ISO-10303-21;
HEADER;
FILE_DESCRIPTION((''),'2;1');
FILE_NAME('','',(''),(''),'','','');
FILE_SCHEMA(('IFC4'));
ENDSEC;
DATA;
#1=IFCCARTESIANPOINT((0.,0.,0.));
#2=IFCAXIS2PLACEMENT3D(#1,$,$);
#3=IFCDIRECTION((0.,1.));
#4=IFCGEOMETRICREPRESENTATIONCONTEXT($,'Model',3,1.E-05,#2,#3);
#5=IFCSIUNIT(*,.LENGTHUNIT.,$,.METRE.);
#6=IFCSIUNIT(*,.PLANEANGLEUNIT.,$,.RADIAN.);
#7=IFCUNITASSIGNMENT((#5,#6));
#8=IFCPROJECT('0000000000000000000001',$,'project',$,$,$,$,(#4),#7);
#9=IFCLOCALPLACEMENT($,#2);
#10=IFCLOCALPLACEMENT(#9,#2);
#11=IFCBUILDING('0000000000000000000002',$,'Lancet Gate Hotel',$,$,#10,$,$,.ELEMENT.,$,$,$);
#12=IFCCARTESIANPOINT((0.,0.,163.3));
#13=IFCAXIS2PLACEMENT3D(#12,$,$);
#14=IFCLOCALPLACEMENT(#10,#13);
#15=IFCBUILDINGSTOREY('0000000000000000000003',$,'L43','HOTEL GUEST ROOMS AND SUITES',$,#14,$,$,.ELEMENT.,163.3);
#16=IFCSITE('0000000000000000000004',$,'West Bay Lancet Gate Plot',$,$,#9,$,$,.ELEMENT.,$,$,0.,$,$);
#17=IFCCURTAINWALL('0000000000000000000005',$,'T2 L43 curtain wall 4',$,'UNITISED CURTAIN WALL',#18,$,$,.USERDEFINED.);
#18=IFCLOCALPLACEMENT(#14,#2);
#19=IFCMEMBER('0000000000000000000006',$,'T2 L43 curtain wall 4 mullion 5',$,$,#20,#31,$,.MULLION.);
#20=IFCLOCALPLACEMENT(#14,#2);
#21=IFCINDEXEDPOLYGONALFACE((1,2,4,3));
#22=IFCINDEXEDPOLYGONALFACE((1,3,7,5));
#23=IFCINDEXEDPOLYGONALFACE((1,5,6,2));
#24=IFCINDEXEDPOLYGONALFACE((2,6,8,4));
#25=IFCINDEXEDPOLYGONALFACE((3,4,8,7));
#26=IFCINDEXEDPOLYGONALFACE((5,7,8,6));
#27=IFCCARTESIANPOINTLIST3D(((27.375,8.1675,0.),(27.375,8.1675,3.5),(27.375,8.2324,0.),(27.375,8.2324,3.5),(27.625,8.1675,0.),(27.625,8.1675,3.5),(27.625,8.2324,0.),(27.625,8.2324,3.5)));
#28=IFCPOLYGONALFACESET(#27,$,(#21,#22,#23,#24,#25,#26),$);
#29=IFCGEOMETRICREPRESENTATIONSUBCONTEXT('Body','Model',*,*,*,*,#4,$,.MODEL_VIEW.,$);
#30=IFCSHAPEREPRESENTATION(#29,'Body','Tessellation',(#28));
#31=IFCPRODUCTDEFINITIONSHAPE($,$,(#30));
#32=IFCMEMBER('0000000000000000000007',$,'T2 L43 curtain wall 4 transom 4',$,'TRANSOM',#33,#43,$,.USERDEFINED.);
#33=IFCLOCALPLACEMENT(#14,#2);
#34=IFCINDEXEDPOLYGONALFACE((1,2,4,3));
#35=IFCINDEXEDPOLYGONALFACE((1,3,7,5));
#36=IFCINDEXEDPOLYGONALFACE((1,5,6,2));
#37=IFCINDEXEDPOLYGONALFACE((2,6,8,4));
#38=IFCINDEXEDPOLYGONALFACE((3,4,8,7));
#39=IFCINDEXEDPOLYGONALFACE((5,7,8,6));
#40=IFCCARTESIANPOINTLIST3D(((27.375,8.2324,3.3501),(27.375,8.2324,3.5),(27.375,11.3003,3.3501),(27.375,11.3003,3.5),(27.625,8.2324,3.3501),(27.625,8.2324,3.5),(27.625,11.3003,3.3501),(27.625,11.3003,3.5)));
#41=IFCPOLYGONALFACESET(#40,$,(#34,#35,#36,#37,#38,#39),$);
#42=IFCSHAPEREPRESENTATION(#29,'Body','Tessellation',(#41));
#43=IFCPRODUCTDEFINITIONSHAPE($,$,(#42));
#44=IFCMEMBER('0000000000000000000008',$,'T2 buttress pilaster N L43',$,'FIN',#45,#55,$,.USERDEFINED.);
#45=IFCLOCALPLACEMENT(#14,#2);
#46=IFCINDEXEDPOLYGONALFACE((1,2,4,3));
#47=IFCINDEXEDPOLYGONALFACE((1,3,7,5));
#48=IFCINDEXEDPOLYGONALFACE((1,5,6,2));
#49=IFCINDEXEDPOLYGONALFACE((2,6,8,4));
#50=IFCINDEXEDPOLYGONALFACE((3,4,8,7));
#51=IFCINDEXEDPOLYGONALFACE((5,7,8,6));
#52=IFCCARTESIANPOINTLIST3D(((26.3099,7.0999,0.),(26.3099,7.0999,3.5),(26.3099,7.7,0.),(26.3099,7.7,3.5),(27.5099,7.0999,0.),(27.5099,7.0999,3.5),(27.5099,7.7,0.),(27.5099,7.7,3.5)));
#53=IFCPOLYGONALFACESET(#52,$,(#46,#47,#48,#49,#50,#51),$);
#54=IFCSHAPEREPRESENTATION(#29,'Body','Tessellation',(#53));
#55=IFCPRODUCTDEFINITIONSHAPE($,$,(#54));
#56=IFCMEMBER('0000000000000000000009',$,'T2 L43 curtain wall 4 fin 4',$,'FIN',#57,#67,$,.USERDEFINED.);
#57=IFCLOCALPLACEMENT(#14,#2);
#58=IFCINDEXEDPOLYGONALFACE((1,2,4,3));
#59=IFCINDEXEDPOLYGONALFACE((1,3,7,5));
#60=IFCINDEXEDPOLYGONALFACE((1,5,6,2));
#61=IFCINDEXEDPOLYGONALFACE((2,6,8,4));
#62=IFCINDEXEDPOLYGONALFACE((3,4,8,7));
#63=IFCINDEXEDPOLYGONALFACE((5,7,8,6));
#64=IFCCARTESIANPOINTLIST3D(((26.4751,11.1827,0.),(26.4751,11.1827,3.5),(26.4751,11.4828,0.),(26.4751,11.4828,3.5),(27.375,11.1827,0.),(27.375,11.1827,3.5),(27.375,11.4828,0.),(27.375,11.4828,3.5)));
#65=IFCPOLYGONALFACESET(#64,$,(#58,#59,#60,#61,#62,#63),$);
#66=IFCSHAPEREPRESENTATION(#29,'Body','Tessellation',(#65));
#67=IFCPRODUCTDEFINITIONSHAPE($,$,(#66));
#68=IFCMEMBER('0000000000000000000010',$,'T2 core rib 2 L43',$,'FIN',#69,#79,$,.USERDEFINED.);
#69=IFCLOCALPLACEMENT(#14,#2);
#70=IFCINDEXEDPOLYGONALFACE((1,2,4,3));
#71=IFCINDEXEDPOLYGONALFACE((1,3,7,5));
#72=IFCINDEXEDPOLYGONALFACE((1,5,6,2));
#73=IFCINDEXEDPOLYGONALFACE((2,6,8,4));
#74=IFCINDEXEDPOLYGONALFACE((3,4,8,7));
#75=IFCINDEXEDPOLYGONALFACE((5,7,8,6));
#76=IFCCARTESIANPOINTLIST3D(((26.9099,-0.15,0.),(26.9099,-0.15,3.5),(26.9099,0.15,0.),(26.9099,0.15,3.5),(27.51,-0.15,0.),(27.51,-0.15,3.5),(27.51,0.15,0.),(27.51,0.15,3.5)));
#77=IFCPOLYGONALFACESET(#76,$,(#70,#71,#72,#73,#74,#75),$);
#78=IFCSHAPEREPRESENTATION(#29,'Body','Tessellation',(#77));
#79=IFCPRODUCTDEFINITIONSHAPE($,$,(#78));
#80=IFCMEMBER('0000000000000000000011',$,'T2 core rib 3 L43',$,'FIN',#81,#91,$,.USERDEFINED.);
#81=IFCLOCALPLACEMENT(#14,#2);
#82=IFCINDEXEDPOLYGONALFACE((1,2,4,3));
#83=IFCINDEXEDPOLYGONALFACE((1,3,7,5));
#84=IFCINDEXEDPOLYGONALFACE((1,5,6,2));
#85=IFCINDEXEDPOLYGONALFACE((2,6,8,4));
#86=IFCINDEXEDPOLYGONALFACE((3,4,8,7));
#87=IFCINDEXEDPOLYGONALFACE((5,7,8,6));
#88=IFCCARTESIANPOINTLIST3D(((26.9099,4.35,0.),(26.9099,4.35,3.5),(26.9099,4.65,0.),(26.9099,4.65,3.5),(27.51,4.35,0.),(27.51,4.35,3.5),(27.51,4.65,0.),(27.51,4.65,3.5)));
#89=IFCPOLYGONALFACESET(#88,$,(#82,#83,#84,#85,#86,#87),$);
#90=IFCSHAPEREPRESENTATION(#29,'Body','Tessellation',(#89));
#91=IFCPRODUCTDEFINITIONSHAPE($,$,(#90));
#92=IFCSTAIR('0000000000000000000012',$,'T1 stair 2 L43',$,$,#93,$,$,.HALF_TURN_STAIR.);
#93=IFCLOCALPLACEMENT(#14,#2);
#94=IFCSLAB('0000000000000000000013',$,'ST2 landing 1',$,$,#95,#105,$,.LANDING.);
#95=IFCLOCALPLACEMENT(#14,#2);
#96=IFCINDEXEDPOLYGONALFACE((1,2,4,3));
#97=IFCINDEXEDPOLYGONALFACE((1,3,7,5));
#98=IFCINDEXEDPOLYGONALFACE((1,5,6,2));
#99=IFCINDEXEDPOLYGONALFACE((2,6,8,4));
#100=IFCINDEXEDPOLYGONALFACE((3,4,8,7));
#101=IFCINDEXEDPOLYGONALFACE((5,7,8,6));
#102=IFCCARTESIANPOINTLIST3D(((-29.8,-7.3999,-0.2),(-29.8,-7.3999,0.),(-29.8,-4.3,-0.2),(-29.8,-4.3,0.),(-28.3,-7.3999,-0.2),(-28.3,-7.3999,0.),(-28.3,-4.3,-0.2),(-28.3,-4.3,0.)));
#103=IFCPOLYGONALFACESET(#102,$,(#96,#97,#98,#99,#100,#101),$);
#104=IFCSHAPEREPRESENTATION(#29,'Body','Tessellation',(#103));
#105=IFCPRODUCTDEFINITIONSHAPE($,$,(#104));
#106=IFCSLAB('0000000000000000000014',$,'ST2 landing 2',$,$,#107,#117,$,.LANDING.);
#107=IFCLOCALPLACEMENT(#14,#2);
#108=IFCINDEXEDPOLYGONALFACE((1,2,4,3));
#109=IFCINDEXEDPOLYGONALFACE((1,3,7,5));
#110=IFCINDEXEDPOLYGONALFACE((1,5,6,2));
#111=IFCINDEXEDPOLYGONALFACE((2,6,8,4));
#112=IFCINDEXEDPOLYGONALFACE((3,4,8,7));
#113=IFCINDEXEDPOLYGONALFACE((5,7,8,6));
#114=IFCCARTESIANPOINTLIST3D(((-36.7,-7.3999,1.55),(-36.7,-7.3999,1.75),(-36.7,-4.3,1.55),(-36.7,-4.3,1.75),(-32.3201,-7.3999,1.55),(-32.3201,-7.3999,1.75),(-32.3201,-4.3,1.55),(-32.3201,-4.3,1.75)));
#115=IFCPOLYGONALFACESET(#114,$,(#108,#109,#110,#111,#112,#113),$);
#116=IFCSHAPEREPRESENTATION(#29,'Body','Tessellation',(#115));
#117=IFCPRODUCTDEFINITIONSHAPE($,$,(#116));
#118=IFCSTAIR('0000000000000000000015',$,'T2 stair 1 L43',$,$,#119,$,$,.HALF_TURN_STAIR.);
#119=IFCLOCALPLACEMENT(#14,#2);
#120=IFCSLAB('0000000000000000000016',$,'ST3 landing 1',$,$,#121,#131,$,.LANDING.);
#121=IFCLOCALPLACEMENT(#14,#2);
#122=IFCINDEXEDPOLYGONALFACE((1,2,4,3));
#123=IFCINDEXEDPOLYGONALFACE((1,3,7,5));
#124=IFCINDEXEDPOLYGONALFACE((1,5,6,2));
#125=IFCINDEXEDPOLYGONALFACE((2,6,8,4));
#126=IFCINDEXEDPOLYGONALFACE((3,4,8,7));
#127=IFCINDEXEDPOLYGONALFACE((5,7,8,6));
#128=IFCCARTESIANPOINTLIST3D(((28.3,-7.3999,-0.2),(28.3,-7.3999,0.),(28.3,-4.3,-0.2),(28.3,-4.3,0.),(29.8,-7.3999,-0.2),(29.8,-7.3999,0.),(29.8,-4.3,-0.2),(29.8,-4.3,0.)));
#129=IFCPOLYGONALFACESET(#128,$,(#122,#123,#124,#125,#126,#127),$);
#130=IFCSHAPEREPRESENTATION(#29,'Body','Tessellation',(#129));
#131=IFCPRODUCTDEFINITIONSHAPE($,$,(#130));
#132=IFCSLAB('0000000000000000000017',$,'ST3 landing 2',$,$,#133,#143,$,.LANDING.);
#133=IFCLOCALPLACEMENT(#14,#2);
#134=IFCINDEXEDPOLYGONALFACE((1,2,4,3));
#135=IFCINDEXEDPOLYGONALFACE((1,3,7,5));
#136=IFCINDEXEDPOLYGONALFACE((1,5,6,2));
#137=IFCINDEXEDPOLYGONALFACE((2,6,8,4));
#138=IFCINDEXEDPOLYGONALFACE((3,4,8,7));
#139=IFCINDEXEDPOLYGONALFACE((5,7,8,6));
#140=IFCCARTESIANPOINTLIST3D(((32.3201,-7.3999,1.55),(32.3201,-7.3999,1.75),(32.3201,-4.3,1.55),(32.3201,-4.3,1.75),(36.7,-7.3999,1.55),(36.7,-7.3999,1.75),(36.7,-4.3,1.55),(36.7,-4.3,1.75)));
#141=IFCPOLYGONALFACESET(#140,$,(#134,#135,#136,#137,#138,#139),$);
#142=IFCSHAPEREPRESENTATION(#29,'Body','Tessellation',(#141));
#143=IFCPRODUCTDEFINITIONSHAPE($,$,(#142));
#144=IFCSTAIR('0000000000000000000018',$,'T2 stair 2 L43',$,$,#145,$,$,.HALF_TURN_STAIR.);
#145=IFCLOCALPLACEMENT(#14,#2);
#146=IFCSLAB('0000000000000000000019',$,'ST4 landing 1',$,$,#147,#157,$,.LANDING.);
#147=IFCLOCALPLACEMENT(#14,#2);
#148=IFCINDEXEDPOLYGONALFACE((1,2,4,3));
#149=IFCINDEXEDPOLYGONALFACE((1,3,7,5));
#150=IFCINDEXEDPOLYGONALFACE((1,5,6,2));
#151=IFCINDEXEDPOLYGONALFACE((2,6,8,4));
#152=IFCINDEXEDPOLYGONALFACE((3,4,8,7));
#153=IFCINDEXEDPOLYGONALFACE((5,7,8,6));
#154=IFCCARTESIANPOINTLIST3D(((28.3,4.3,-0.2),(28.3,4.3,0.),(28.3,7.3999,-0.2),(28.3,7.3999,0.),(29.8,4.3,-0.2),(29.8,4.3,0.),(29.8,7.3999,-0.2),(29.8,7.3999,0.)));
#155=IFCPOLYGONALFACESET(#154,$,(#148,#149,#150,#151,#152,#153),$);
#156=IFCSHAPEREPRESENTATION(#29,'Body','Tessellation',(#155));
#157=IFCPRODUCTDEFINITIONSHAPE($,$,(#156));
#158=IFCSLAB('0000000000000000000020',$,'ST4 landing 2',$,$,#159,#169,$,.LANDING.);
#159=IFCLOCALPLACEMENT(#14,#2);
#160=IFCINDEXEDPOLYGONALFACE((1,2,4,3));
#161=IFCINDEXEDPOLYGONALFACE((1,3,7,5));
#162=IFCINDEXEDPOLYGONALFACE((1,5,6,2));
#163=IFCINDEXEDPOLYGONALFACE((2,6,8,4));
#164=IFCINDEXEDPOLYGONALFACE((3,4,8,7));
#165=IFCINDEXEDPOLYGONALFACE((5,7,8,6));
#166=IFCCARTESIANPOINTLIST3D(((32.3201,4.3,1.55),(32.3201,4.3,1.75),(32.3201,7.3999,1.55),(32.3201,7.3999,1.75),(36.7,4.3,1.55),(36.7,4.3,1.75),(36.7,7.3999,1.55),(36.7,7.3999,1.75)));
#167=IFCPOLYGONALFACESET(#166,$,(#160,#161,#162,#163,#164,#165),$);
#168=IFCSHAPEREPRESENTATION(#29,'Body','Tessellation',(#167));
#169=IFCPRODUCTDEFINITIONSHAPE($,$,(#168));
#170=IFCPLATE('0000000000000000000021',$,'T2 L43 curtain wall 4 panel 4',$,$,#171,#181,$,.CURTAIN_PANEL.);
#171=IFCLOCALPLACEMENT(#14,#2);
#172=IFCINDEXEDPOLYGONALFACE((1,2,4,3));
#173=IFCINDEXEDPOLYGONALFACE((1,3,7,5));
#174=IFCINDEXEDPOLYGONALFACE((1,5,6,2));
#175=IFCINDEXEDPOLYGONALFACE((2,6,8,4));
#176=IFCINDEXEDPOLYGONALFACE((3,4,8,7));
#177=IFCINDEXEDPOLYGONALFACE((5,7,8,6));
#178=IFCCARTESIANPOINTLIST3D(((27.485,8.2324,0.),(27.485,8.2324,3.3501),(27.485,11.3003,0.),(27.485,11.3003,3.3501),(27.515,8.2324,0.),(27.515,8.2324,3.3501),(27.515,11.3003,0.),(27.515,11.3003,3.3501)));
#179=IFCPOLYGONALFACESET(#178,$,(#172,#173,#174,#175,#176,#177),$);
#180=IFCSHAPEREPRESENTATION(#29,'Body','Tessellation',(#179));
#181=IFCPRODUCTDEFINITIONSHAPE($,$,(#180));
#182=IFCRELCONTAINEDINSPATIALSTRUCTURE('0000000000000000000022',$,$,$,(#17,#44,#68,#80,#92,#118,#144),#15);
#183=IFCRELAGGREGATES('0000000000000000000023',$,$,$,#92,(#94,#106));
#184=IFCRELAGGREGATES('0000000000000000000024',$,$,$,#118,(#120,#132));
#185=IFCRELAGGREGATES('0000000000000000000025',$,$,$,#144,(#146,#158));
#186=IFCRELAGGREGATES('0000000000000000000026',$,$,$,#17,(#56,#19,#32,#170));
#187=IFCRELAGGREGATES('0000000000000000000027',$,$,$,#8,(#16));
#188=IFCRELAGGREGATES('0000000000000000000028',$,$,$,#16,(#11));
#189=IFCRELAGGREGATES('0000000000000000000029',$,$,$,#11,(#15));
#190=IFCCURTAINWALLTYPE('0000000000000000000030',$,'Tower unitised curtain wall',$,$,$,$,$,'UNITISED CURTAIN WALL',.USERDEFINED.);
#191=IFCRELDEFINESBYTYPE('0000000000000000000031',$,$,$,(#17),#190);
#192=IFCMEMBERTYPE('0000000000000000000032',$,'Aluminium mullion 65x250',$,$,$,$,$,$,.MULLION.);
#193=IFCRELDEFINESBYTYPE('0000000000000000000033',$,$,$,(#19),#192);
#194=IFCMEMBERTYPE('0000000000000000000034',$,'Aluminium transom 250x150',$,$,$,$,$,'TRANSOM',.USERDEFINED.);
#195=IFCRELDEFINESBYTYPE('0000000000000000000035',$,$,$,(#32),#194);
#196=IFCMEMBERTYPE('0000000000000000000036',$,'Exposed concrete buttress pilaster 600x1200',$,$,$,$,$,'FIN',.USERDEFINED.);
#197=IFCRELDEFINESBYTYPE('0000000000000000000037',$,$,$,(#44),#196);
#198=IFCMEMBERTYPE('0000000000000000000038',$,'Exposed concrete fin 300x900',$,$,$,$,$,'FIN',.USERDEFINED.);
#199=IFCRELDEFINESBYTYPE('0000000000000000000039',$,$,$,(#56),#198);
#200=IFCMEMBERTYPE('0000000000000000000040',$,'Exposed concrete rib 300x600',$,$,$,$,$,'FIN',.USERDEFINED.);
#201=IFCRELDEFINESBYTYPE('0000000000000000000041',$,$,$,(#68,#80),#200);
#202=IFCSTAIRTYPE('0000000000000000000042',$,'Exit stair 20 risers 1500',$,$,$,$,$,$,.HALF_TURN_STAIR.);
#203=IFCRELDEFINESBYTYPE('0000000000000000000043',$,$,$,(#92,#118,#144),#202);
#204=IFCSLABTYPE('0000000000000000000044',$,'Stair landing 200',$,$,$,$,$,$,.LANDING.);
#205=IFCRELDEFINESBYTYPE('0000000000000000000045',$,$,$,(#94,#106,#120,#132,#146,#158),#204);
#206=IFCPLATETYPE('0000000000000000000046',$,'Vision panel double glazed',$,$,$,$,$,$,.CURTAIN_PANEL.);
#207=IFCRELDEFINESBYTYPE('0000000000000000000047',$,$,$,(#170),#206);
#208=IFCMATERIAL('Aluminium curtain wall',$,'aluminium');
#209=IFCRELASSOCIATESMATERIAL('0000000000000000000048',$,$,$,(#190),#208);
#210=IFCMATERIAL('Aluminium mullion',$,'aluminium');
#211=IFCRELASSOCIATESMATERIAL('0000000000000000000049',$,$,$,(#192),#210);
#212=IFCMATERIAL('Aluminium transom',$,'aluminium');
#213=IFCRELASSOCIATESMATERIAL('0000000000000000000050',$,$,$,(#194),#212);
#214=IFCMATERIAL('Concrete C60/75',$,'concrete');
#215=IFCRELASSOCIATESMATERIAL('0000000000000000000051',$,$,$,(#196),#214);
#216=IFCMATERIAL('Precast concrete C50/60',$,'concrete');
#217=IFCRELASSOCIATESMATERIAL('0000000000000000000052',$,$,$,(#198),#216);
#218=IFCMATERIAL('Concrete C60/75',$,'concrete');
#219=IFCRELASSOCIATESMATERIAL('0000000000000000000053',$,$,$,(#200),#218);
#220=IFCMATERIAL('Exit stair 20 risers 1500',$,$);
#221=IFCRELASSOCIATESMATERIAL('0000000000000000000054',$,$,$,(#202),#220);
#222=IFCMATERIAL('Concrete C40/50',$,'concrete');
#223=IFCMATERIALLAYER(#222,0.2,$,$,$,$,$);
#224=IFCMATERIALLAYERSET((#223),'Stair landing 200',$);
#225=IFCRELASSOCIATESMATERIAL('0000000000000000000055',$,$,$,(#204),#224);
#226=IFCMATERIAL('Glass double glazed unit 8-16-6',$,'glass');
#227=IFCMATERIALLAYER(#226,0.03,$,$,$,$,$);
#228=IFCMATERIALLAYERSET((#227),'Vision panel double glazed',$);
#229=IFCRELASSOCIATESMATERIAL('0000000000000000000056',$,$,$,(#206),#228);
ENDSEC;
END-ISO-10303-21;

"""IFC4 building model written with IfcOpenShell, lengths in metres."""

from ifc_helpers import new_model, si_unit, direction, frame, origin, origin_2d, place, context, subcontext, project, spatial, polyline, rectangle, outline, extrude, material, layer, layer_set, material_profile, profile_set, type_object, element, aggregate, save


model = new_model("IFC4")

# Units and contexts
model_context = context("Model", 3, precision=1e-05, world=origin(), true_north=direction((0.0, 1.0)))
body_context = subcontext(model_context, "Body", "Model", "MODEL_VIEW")
ifc_project = project(units=[si_unit("LENGTHUNIT", "METRE"), si_unit("PLANEANGLEUNIT", "RADIAN")], contexts=[model_context])

# Site, building, storey
site_placement = place(None, origin())
site = spatial("IfcSite", under=ifc_project, at=site_placement, Name="West Bay Lancet Gate Plot", CompositionType="ELEMENT", RefElevation=0.0)
building_placement = place(site_placement, origin())
building = spatial("IfcBuilding", under=site, at=building_placement, Name="Lancet Gate Hotel", CompositionType="ELEMENT")
storey_placement = place(building_placement, frame((0.0, 0.0, 163.3)))
storey = spatial("IfcBuildingStorey", under=building, at=storey_placement, Name="L43", Description="HOTEL GUEST ROOMS AND SUITES", CompositionType="ELEMENT", Elevation=163.3)

# Curtain wall, members
ifc_material_1 = material(Name="Aluminium curtain wall", Category="aluminium")
curtain_wall_type = type_object("IfcCurtainWallType", Name="Tower unitised curtain wall", ElementType="UNITISED CURTAIN WALL", PredefinedType="USERDEFINED", material=ifc_material_1)
curtain_wall_placement = place(storey_placement, origin())
curtain_wall = element("IfcCurtainWall", 1, at=curtain_wall_placement, inside=storey, type_object=curtain_wall_type, Name="T2 L43 curtain wall 4", ObjectType="UNITISED CURTAIN WALL", PredefinedType="USERDEFINED")
ifc_material_2 = material(Name="Aluminium mullion", Category="aluminium")
ifc_material_profile_1 = material_profile(ifc_material_2, rectangle(XDim=0.0649, YDim=0.25, at=origin_2d()), Name="MULLION 65x250")
ifc_profile_set_1 = profile_set([ifc_material_profile_1], Name="Aluminium mullion")
member_type_1 = type_object("IfcMemberType", Name="Aluminium mullion 65x250", PredefinedType="MULLION", material=ifc_profile_set_1)
member_1_placement = place(storey_placement, frame((27.5, 8.2, 0.0), z_axis=(0.0, 0.0, 1.0), x_axis=(0.0, -1.0, 0.0)))
member_1 = element("IfcMember", 2, at=member_1_placement, type_object=member_type_1, Name="T2 L43 curtain wall 4 mullion 5", PredefinedType="MULLION", context=body_context, shape_type="SweptSolid", body=[
    extrude(rectangle(XDim=0.0649, YDim=0.25, at=origin_2d()), origin(), (0.0, 0.0, 1.0), 3.5),
])
ifc_material_3 = material(Name="Aluminium transom", Category="aluminium")
ifc_material_profile_2 = material_profile(ifc_material_3, rectangle(XDim=0.25, YDim=0.1499, at=origin_2d()), Name="TRANSOM 250x150")
ifc_profile_set_2 = profile_set([ifc_material_profile_2], Name="Aluminium transom")
member_type_2 = type_object("IfcMemberType", Name="Aluminium transom 250x150", ElementType="TRANSOM", PredefinedType="USERDEFINED", material=ifc_profile_set_2)
member_2_placement = place(storey_placement, frame((27.5, 11.3003, 3.425), z_axis=(0.0, -1.0, 0.0), x_axis=(1.0, 0.0, 0.0)))
member_2 = element("IfcMember", 3, at=member_2_placement, type_object=member_type_2, Name="T2 L43 curtain wall 4 transom 4", ObjectType="TRANSOM", PredefinedType="USERDEFINED", context=body_context, shape_type="SweptSolid", body=[
    extrude(rectangle(XDim=0.25, YDim=0.1499, at=origin_2d()), origin(), (0.0, 0.0, 1.0), 3.0679),
])

# Members
ifc_material_4 = material(Name="Concrete C60/75", Category="concrete")
ifc_material_profile_3 = material_profile(ifc_material_4, rectangle(XDim=0.6001, YDim=1.2, at=origin_2d()), Name="FIN 600x1200")
ifc_profile_set_3 = profile_set([ifc_material_profile_3], Name="Concrete C60/75")
member_type_3 = type_object("IfcMemberType", Name="Exposed concrete buttress pilaster 600x1200", ElementType="FIN", PredefinedType="USERDEFINED", material=ifc_profile_set_3)
member_3_placement = place(storey_placement, frame((26.9099, 7.3999, 0.0), z_axis=(0.0, 0.0, 1.0), x_axis=(0.0, 1.0, 0.0)))
element("IfcMember", 4, at=member_3_placement, inside=storey, type_object=member_type_3, Name="T2 buttress pilaster N L43", ObjectType="FIN", PredefinedType="USERDEFINED", context=body_context, shape_type="SweptSolid", body=[
    extrude(rectangle(XDim=0.6001, YDim=1.2, at=origin_2d()), origin(), (0.0, 0.0, 1.0), 3.5),
])
ifc_material_5 = material(Name="Precast concrete C50/60", Category="concrete")
ifc_material_profile_4 = material_profile(ifc_material_5, rectangle(XDim=0.3, YDim=0.8999, at=origin_2d()), Name="FIN 300x900")
ifc_profile_set_4 = profile_set([ifc_material_profile_4], Name="Precast concrete C50/60")
member_type_4 = type_object("IfcMemberType", Name="Exposed concrete fin 300x900", ElementType="FIN", PredefinedType="USERDEFINED", material=ifc_profile_set_4)
member_4_placement = place(storey_placement, frame((26.925, 11.3328, 0.0), z_axis=(0.0, 0.0, 1.0), x_axis=(0.0, -1.0, 0.0)))
member_4 = element("IfcMember", 5, at=member_4_placement, type_object=member_type_4, Name="T2 L43 curtain wall 4 fin 4", ObjectType="FIN", PredefinedType="USERDEFINED", context=body_context, shape_type="SweptSolid", body=[
    extrude(rectangle(XDim=0.3, YDim=0.8999, at=origin_2d()), origin(), (0.0, 0.0, 1.0), 3.5),
])

# Members
ifc_material_6 = material(Name="Concrete C60/75", Category="concrete")
ifc_material_profile_5 = material_profile(ifc_material_6, rectangle(XDim=0.3, YDim=0.6001, at=origin_2d()), Name="FIN 300x600")
ifc_profile_set_5 = profile_set([ifc_material_profile_5], Name="Concrete C60/75")
member_type_5 = type_object("IfcMemberType", Name="Exposed concrete rib 300x600", ElementType="FIN", PredefinedType="USERDEFINED", material=ifc_profile_set_5)
for number, where, z_axis, x_axis, name in (
    (6, (27.21, 0.0, 0.0), (0.0, 0.0, 1.0), (0.0, 1.0, 0.0), "T2 core rib 2 L43"),
    (7, (27.21, 4.5, 0.0), (0.0, 0.0, 1.0), (0.0, 1.0, 0.0), "T2 core rib 3 L43"),
):
    element("IfcMember", number, at=place(storey_placement, frame(where, z_axis=z_axis, x_axis=x_axis)), inside=storey, type_object=member_type_5, Name=name, ObjectType="FIN", PredefinedType="USERDEFINED", context=body_context, shape_type="SweptSolid", body=[
        extrude(rectangle(XDim=0.3, YDim=0.6001, at=origin_2d()), origin(), (0.0, 0.0, 1.0), 3.5),
    ])

# Stairs, slabs
ifc_material_7 = material(Name="Exit stair 20 risers 1500")
stair_type = type_object("IfcStairType", Name="Exit stair 20 risers 1500", PredefinedType="HALF_TURN_STAIR", material=ifc_material_7)
stair_1_placement = place(storey_placement, origin())
stair_1 = element("IfcStair", 8, at=stair_1_placement, inside=storey, type_object=stair_type, Name="T1 stair 2 L43", PredefinedType="HALF_TURN_STAIR")
ifc_material_8 = material(Name="Concrete C40/50", Category="concrete")
ifc_layer_1 = layer(ifc_material_8, 0.2)
ifc_layer_set_1 = layer_set([ifc_layer_1], Name="Stair landing 200")
slab_type = type_object("IfcSlabType", Name="Stair landing 200", PredefinedType="LANDING", material=ifc_layer_set_1)
slab_1_placement = place(storey_placement, frame((0.0, 0.0, -0.2)))
slab_1 = element("IfcSlab", 9, at=slab_1_placement, type_object=slab_type, Name="ST2 landing 1", PredefinedType="LANDING", context=body_context, shape_type="SweptSolid", body=[
    extrude(outline(polyline([(-28.3, -4.3), (-29.8, -4.3), (-29.8, -7.3999), (-28.3, -7.3999), (-28.3, -4.3)])), origin(), (0.0, 0.0, 1.0), 0.2),
])
slab_2_placement = place(storey_placement, frame((0.0, 0.0, 1.55)))
slab_2 = element("IfcSlab", 10, at=slab_2_placement, type_object=slab_type, Name="ST2 landing 2", PredefinedType="LANDING", context=body_context, shape_type="SweptSolid", body=[
    extrude(outline(polyline([(-32.3201, -4.3), (-36.7, -4.3), (-36.7, -7.3999), (-32.3201, -7.3999), (-32.3201, -4.3)])), origin(), (0.0, 0.0, 1.0), 0.2),
])
aggregate(stair_1, [slab_1, slab_2])
stair_2_placement = place(storey_placement, origin())
stair_2 = element("IfcStair", 11, at=stair_2_placement, inside=storey, type_object=stair_type, Name="T2 stair 1 L43", PredefinedType="HALF_TURN_STAIR")
slab_3_placement = place(storey_placement, frame((0.0, 0.0, -0.2)))
slab_3 = element("IfcSlab", 12, at=slab_3_placement, type_object=slab_type, Name="ST3 landing 1", PredefinedType="LANDING", context=body_context, shape_type="SweptSolid", body=[
    extrude(outline(polyline([(28.3, -7.3999), (29.8, -7.3999), (29.8, -4.3), (28.3, -4.3), (28.3, -7.3999)])), origin(), (0.0, 0.0, 1.0), 0.2),
])
slab_4_placement = place(storey_placement, frame((0.0, 0.0, 1.55)))
slab_4 = element("IfcSlab", 13, at=slab_4_placement, type_object=slab_type, Name="ST3 landing 2", PredefinedType="LANDING", context=body_context, shape_type="SweptSolid", body=[
    extrude(outline(polyline([(32.3201, -7.3999), (36.7, -7.3999), (36.7, -4.3), (32.3201, -4.3), (32.3201, -7.3999)])), origin(), (0.0, 0.0, 1.0), 0.2),
])
aggregate(stair_2, [slab_3, slab_4])
stair_3_placement = place(storey_placement, origin())
stair_3 = element("IfcStair", 14, at=stair_3_placement, inside=storey, type_object=stair_type, Name="T2 stair 2 L43", PredefinedType="HALF_TURN_STAIR")
slab_5_placement = place(storey_placement, frame((0.0, 0.0, -0.2)))
slab_5 = element("IfcSlab", 15, at=slab_5_placement, type_object=slab_type, Name="ST4 landing 1", PredefinedType="LANDING", context=body_context, shape_type="SweptSolid", body=[
    extrude(outline(polyline([(28.3, 4.3), (29.8, 4.3), (29.8, 7.3999), (28.3, 7.3999), (28.3, 4.3)])), origin(), (0.0, 0.0, 1.0), 0.2),
])
slab_6_placement = place(storey_placement, frame((0.0, 0.0, 1.55)))
slab_6 = element("IfcSlab", 16, at=slab_6_placement, type_object=slab_type, Name="ST4 landing 2", PredefinedType="LANDING", context=body_context, shape_type="SweptSolid", body=[
    extrude(outline(polyline([(32.3201, 4.3), (36.7, 4.3), (36.7, 7.3999), (32.3201, 7.3999), (32.3201, 4.3)])), origin(), (0.0, 0.0, 1.0), 0.2),
])
aggregate(stair_3, [slab_5, slab_6])

# Plate
ifc_material_9 = material(Name="Glass double glazed unit 8-16-6", Category="glass")
ifc_layer_2 = layer(ifc_material_9, 0.03)
ifc_layer_set_2 = layer_set([ifc_layer_2], Name="Vision panel double glazed")
plate_type = type_object("IfcPlateType", Name="Vision panel double glazed", PredefinedType="CURTAIN_PANEL", material=ifc_layer_set_2)
plate_placement = place(storey_placement, frame((27.5, 9.7664, 0.0), z_axis=(0.0, 0.0, 1.0), x_axis=(0.0, -1.0, 0.0)))
plate = element("IfcPlate", 17, at=plate_placement, type_object=plate_type, Name="T2 L43 curtain wall 4 panel 4", PredefinedType="CURTAIN_PANEL", context=body_context, shape_type="SweptSolid", body=[
    extrude(rectangle(XDim=3.0679, YDim=0.03, at=origin_2d()), origin(), (0.0, 0.0, 1.0), 3.3501),
])
aggregate(curtain_wall, [member_4, member_1, member_2, plate])

save(model, "model.ifc")
